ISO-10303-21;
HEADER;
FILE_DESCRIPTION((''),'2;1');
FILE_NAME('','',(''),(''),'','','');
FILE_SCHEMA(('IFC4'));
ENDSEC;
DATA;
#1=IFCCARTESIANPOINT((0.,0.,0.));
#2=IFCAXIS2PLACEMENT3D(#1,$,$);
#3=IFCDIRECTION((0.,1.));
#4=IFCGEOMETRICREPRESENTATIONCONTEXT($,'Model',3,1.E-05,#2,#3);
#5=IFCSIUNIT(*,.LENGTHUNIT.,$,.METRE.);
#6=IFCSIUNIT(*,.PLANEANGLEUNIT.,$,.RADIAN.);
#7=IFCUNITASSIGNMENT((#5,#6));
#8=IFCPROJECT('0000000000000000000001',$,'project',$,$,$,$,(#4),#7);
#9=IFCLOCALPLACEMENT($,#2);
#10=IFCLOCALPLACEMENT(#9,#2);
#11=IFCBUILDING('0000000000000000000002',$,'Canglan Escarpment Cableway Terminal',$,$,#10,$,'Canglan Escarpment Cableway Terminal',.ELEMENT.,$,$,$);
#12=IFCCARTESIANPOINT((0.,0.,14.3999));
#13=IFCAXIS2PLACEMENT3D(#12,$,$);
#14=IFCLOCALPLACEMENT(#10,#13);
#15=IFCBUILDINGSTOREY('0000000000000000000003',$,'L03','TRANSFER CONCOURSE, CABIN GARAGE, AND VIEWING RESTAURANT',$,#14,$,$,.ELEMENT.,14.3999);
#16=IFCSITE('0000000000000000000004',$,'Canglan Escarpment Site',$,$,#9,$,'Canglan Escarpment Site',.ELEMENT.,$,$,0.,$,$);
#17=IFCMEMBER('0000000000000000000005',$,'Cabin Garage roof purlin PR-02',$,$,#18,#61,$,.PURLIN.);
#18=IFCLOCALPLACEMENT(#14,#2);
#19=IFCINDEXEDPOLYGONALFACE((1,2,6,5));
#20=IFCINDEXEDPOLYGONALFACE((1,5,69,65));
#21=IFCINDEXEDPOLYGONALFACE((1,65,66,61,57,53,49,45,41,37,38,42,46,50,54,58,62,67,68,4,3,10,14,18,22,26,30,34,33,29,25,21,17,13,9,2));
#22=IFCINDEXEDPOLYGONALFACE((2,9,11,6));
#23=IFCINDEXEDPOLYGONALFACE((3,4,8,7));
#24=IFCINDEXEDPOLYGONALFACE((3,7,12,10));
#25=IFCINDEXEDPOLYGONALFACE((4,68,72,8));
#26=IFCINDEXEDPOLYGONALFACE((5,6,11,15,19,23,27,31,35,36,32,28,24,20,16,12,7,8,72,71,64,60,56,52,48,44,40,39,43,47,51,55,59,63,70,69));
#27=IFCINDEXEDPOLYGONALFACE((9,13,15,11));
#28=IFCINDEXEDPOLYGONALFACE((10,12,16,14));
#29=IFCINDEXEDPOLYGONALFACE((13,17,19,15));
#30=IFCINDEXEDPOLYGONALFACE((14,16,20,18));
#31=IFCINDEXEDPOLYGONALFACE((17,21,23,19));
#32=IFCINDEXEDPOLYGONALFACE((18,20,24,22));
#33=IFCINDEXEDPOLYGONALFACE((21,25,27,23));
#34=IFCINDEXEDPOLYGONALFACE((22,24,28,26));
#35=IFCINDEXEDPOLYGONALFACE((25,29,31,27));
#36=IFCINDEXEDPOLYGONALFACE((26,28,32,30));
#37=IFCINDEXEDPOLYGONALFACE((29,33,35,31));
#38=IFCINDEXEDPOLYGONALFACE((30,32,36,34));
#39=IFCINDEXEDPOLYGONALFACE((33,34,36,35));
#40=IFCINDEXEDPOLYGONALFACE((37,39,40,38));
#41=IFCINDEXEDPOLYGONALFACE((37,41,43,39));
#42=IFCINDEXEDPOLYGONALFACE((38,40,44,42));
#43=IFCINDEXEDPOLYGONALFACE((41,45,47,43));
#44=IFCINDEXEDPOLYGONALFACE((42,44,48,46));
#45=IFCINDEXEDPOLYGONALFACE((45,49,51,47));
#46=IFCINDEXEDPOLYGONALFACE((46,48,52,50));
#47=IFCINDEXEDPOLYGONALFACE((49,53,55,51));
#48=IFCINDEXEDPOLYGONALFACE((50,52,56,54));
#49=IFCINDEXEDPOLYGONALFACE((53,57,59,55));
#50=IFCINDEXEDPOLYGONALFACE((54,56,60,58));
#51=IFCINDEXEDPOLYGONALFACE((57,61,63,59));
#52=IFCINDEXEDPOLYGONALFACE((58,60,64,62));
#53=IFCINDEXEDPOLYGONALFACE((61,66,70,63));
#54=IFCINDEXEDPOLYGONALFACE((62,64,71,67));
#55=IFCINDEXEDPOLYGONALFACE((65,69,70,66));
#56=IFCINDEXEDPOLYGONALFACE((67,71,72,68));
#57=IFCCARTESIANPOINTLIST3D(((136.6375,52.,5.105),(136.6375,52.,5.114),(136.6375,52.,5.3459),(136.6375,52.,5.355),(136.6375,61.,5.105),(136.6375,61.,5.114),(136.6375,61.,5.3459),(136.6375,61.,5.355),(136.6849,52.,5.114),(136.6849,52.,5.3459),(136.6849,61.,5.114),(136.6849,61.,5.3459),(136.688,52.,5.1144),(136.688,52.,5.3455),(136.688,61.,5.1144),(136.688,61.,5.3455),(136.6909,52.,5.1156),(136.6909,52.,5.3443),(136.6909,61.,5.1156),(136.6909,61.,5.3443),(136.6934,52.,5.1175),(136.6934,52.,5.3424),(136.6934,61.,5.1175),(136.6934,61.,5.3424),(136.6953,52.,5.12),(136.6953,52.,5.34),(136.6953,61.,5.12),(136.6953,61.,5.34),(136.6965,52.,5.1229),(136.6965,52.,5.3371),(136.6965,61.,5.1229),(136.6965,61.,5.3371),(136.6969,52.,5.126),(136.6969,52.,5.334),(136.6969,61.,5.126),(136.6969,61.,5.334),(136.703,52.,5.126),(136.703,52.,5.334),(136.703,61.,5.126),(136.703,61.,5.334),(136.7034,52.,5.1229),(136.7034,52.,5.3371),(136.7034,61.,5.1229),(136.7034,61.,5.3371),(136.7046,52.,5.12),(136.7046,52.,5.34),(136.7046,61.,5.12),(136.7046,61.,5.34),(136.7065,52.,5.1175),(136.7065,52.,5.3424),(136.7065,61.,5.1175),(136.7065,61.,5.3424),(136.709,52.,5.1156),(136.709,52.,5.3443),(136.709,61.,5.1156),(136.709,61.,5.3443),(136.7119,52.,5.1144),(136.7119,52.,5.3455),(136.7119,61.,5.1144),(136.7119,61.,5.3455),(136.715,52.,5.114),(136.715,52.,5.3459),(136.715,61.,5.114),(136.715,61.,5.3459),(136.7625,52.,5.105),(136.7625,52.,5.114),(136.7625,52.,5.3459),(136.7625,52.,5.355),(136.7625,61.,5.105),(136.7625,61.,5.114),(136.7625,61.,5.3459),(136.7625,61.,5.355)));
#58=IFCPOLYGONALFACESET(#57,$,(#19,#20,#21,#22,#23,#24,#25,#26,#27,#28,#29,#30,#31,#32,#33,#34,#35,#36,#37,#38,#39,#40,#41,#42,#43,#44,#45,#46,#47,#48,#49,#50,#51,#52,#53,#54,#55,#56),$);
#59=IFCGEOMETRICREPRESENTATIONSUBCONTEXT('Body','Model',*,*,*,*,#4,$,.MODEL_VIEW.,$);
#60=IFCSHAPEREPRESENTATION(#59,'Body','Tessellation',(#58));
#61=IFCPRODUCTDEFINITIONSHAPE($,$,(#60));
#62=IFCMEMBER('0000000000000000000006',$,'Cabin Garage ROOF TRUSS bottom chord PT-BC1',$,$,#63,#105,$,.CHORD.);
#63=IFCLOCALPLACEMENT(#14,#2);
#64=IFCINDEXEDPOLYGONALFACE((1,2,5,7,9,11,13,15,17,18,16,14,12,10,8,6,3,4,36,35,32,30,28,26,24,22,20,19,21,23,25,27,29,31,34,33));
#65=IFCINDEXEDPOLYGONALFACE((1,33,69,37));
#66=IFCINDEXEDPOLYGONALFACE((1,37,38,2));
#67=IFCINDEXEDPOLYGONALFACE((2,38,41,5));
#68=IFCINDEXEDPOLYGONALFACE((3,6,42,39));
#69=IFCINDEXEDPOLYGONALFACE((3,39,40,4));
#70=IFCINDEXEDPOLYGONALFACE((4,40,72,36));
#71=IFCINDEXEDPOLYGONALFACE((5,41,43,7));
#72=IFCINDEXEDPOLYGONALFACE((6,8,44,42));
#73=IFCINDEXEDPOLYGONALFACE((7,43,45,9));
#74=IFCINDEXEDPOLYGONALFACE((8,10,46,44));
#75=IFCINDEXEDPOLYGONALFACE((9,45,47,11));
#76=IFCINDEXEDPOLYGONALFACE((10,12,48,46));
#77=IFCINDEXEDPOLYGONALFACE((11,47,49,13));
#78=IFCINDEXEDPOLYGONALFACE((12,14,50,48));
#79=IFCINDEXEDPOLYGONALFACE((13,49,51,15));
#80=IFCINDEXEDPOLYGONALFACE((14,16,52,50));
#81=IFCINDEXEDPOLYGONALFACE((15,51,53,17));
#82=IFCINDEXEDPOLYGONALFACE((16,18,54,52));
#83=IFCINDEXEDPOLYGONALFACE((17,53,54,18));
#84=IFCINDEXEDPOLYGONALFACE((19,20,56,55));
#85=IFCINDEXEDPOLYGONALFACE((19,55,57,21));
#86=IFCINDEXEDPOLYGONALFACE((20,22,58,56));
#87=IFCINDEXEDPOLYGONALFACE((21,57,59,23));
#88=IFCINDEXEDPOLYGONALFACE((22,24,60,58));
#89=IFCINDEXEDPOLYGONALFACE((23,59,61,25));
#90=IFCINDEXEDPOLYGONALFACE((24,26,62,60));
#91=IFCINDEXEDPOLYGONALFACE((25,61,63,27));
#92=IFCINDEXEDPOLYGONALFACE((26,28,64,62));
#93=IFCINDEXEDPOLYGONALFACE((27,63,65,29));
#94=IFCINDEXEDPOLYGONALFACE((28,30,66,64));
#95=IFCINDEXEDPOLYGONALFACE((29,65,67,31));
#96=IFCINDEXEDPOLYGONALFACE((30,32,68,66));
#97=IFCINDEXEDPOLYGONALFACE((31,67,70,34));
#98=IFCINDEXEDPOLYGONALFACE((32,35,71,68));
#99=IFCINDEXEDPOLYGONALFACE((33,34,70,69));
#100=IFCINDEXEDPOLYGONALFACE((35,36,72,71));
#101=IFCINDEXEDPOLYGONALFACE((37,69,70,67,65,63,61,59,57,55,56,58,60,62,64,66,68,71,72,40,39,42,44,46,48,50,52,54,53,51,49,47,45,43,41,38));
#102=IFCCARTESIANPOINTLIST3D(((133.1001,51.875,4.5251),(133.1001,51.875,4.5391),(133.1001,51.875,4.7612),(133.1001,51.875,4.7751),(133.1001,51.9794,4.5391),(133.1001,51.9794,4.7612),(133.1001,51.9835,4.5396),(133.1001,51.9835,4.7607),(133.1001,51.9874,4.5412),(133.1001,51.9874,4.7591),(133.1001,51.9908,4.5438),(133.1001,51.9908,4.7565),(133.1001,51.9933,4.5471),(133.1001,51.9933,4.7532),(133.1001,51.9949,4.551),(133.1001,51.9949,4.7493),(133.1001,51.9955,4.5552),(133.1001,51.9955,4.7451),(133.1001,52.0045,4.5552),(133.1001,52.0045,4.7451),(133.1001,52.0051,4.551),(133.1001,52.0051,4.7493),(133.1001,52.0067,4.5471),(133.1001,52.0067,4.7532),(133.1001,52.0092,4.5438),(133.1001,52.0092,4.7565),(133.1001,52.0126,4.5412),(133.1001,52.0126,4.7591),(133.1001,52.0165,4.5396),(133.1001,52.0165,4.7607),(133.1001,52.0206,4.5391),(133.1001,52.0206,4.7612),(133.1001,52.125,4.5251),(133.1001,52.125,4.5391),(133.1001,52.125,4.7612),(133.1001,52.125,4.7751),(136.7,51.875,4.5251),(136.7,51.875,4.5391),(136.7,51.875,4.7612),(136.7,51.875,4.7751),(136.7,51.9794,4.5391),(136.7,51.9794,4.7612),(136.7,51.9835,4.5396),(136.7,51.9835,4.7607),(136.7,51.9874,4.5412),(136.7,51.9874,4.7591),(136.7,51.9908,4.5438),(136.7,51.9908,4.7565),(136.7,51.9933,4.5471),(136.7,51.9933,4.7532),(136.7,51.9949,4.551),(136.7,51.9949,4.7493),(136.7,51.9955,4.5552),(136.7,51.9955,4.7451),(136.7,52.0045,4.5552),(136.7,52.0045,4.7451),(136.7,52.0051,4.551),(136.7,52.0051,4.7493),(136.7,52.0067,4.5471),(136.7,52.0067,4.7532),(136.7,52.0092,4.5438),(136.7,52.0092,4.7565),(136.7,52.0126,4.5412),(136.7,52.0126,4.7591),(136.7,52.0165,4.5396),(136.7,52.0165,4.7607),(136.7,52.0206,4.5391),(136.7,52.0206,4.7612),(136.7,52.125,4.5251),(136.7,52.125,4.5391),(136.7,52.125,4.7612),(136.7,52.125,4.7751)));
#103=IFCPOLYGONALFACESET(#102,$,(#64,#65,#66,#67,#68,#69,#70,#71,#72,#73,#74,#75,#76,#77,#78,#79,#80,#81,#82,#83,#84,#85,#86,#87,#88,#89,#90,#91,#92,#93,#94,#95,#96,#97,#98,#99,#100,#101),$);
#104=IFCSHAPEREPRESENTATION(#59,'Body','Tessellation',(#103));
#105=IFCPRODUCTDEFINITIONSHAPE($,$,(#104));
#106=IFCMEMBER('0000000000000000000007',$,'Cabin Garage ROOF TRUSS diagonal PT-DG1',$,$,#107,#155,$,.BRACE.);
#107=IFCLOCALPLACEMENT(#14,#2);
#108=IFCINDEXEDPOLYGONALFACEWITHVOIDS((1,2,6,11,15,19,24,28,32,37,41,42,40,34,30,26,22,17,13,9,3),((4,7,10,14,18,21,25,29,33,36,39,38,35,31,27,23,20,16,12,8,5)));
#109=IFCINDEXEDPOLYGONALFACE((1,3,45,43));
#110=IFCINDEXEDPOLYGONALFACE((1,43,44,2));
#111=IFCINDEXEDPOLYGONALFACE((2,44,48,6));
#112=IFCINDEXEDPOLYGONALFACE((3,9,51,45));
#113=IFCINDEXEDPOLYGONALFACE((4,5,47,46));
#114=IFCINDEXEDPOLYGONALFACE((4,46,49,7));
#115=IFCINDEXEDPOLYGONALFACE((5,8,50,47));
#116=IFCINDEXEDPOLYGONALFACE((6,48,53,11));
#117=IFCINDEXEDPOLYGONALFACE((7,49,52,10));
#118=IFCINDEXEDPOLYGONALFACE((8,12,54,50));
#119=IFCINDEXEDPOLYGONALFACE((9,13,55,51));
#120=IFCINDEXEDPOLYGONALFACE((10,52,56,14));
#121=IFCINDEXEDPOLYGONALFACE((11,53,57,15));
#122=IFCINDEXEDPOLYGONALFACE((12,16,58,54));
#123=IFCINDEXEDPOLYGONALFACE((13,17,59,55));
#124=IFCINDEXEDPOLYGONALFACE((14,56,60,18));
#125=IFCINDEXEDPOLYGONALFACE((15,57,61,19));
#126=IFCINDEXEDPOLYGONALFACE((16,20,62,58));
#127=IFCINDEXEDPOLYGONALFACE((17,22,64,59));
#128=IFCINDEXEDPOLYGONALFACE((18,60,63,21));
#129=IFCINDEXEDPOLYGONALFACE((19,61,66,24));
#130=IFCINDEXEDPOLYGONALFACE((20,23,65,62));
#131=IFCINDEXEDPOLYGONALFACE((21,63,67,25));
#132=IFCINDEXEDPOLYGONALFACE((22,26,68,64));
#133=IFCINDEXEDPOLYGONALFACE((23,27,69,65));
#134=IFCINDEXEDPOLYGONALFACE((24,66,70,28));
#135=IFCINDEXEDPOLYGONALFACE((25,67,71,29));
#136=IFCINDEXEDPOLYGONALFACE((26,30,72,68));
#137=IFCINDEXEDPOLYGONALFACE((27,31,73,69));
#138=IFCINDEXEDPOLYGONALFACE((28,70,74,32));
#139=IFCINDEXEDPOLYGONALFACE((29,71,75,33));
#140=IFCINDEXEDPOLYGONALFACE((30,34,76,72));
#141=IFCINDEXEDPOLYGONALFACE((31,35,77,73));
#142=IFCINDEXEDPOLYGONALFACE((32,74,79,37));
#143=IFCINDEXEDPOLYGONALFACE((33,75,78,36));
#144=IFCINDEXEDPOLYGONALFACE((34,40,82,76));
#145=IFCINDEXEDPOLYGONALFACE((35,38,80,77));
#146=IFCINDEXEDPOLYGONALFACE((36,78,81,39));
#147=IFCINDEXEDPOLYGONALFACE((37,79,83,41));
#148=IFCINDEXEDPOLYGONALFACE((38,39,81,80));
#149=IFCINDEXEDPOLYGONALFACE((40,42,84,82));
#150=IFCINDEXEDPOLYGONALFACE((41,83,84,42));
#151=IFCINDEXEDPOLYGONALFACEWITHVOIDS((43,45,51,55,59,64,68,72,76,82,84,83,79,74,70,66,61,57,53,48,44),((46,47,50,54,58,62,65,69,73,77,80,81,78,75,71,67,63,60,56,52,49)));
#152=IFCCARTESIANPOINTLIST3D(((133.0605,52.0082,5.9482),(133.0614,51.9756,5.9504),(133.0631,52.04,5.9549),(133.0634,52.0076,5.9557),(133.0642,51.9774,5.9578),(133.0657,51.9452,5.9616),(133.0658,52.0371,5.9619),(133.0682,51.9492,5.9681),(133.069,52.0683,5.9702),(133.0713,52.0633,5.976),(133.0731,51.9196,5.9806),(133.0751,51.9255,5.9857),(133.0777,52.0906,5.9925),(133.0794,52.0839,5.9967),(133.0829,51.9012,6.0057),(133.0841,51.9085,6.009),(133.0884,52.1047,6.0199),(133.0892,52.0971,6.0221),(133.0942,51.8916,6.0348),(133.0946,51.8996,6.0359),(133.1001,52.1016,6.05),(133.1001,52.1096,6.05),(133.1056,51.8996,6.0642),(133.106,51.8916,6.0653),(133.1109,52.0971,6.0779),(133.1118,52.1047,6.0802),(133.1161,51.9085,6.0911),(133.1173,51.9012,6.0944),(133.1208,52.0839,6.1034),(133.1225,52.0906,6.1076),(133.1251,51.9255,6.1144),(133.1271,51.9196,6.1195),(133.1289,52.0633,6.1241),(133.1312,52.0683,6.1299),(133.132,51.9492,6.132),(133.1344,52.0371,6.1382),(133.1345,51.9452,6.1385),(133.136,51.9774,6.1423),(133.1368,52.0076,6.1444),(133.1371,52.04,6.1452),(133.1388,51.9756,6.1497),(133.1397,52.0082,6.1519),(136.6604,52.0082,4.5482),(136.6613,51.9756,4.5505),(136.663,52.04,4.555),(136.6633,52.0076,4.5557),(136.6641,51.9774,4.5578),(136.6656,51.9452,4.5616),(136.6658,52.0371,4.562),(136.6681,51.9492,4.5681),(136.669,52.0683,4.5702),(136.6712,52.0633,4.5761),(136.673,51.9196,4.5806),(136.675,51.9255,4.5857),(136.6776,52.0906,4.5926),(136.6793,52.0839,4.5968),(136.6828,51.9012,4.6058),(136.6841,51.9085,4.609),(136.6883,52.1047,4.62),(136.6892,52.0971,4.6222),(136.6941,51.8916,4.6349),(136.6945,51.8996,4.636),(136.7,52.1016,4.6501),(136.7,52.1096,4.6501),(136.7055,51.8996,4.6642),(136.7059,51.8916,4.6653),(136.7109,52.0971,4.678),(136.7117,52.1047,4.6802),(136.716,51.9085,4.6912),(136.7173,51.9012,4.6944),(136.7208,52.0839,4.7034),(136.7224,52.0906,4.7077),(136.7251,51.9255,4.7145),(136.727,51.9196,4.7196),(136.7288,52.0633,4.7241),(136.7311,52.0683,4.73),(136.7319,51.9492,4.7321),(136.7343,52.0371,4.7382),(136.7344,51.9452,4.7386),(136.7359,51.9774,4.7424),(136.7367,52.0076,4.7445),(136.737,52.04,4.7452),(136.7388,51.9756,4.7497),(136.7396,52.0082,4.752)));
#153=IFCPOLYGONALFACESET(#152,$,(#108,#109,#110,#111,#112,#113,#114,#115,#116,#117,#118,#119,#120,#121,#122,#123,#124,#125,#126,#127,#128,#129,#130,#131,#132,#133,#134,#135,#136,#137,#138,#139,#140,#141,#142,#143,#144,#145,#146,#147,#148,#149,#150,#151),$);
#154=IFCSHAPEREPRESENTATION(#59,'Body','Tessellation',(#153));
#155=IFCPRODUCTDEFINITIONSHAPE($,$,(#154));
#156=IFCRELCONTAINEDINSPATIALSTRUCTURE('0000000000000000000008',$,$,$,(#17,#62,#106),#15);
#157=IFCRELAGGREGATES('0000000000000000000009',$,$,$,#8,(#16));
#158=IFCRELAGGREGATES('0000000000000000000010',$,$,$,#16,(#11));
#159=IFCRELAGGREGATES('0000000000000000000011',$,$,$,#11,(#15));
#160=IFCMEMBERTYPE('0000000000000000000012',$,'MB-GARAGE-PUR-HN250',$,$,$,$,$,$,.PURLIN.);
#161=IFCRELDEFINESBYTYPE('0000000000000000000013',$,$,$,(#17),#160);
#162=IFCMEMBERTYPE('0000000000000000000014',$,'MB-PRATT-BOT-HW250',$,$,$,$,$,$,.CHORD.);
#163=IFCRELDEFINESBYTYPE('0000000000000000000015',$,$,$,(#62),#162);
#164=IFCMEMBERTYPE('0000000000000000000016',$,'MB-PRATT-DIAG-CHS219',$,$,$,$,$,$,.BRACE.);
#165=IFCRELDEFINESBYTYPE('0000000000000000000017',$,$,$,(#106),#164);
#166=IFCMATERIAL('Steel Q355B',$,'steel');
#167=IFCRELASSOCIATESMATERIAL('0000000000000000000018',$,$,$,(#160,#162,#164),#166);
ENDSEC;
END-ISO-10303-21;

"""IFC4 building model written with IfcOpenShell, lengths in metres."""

from ifc_helpers import new_model, si_unit, direction, frame, origin, origin_2d, place, context, subcontext, project, spatial, hollow_circle, i_section, extrude, material, material_profile, profile_set, type_object, element, save


model = new_model("IFC4")

# Units and contexts
model_context = context("Model", 3, precision=1e-05, world=origin(), true_north=direction((0.0, 1.0)))
body_context = subcontext(model_context, "Body", "Model", "MODEL_VIEW")
ifc_project = project(units=[si_unit("LENGTHUNIT", "METRE"), si_unit("PLANEANGLEUNIT", "RADIAN")], contexts=[model_context])

# Site, building, storey
site_placement = place(None, origin())
site = spatial("IfcSite", under=ifc_project, at=site_placement, Name="Canglan Escarpment Site", LongName="Canglan Escarpment Site", CompositionType="ELEMENT", RefElevation=0.0)
building_placement = place(site_placement, origin())
building = spatial("IfcBuilding", under=site, at=building_placement, Name="Canglan Escarpment Cableway Terminal", LongName="Canglan Escarpment Cableway Terminal", CompositionType="ELEMENT")
storey_placement = place(building_placement, frame((0.0, 0.0, 14.3999)))
storey = spatial("IfcBuildingStorey", under=building, at=storey_placement, Name="L03", Description="TRANSFER CONCOURSE, CABIN GARAGE, AND VIEWING RESTAURANT", CompositionType="ELEMENT", Elevation=14.3999)

# Shared definitions
ifc_material_1 = material(Name="Steel Q355B", Category="steel")

# Members
ifc_material_profile_1 = material_profile(ifc_material_1, i_section(OverallWidth=0.125, OverallDepth=0.25, WebThickness=0.0061, FlangeThickness=0.009, FilletRadius=0.012, at=origin_2d()), Name="HN 250x125x6x9")
ifc_profile_set_1 = profile_set([ifc_material_profile_1], Name="Steel Q355B")
member_type_1 = type_object("IfcMemberType", Name="MB-GARAGE-PUR-HN250", PredefinedType="PURLIN", material=ifc_profile_set_1)
for number, where, z_axis, x_axis, name in (
    (1, (136.7, 52.0, 5.23), (0.0, 1.0, 0.0), (-1.0, 0.0, 0.0), "Cabin Garage roof purlin PR-02"),
):
    element("IfcMember", number, at=place(storey_placement, frame(where, z_axis=z_axis, x_axis=x_axis)), inside=storey, type_object=member_type_1, Name=name, PredefinedType="PURLIN", context=body_context, shape_type="SweptSolid", body=[
        extrude(i_section(OverallWidth=0.125, OverallDepth=0.25, WebThickness=0.0061, FlangeThickness=0.009, FilletRadius=0.012, at=origin_2d()), origin(), (0.0, 0.0, 1.0), 9.0),
    ])
ifc_material_profile_2 = material_profile(ifc_material_1, i_section(OverallWidth=0.25, OverallDepth=0.25, WebThickness=0.009, FlangeThickness=0.0139, FilletRadius=0.0161, at=origin_2d()), Name="HW 250x250x9x14")
ifc_profile_set_2 = profile_set([ifc_material_profile_2], Name="Steel Q355B")
member_type_2 = type_object("IfcMemberType", Name="MB-PRATT-BOT-HW250", PredefinedType="CHORD", material=ifc_profile_set_2)
member_1_placement = place(storey_placement, frame((133.1001, 52.0, 4.6501), z_axis=(1.0, 0.0, 0.0), x_axis=(0.0, 1.0, 0.0)))
element("IfcMember", 2, at=member_1_placement, inside=storey, type_object=member_type_2, Name="Cabin Garage ROOF TRUSS bottom chord PT-BC1", PredefinedType="CHORD", context=body_context, shape_type="SweptSolid", body=[
    extrude(i_section(OverallWidth=0.25, OverallDepth=0.25, WebThickness=0.009, FlangeThickness=0.0139, FilletRadius=0.0161, at=origin_2d()), origin(), (0.0, 0.0, 1.0), 3.5999),
])
ifc_material_profile_3 = material_profile(ifc_material_1, hollow_circle(Radius=0.1096, WallThickness=0.0081, at=origin_2d()), Name="CHS 219.1x8")
ifc_profile_set_3 = profile_set([ifc_material_profile_3], Name="Steel Q355B")
member_type_3 = type_object("IfcMemberType", Name="MB-PRATT-DIAG-CHS219", PredefinedType="BRACE", material=ifc_profile_set_3)
member_2_placement = place(storey_placement, frame((133.1001, 52.0, 6.05), z_axis=(0.932008, 0.0, -0.362437), x_axis=(0.0, 1.0, 0.0)))
element("IfcMember", 3, at=member_2_placement, inside=storey, type_object=member_type_3, Name="Cabin Garage ROOF TRUSS diagonal PT-DG1", PredefinedType="BRACE", context=body_context, shape_type="SweptSolid", body=[
    extrude(hollow_circle(Radius=0.1096, WallThickness=0.0081, at=origin_2d()), origin(), (0.0, 0.0, 1.0), 3.8625),
])

save(model, "model.ifc")
